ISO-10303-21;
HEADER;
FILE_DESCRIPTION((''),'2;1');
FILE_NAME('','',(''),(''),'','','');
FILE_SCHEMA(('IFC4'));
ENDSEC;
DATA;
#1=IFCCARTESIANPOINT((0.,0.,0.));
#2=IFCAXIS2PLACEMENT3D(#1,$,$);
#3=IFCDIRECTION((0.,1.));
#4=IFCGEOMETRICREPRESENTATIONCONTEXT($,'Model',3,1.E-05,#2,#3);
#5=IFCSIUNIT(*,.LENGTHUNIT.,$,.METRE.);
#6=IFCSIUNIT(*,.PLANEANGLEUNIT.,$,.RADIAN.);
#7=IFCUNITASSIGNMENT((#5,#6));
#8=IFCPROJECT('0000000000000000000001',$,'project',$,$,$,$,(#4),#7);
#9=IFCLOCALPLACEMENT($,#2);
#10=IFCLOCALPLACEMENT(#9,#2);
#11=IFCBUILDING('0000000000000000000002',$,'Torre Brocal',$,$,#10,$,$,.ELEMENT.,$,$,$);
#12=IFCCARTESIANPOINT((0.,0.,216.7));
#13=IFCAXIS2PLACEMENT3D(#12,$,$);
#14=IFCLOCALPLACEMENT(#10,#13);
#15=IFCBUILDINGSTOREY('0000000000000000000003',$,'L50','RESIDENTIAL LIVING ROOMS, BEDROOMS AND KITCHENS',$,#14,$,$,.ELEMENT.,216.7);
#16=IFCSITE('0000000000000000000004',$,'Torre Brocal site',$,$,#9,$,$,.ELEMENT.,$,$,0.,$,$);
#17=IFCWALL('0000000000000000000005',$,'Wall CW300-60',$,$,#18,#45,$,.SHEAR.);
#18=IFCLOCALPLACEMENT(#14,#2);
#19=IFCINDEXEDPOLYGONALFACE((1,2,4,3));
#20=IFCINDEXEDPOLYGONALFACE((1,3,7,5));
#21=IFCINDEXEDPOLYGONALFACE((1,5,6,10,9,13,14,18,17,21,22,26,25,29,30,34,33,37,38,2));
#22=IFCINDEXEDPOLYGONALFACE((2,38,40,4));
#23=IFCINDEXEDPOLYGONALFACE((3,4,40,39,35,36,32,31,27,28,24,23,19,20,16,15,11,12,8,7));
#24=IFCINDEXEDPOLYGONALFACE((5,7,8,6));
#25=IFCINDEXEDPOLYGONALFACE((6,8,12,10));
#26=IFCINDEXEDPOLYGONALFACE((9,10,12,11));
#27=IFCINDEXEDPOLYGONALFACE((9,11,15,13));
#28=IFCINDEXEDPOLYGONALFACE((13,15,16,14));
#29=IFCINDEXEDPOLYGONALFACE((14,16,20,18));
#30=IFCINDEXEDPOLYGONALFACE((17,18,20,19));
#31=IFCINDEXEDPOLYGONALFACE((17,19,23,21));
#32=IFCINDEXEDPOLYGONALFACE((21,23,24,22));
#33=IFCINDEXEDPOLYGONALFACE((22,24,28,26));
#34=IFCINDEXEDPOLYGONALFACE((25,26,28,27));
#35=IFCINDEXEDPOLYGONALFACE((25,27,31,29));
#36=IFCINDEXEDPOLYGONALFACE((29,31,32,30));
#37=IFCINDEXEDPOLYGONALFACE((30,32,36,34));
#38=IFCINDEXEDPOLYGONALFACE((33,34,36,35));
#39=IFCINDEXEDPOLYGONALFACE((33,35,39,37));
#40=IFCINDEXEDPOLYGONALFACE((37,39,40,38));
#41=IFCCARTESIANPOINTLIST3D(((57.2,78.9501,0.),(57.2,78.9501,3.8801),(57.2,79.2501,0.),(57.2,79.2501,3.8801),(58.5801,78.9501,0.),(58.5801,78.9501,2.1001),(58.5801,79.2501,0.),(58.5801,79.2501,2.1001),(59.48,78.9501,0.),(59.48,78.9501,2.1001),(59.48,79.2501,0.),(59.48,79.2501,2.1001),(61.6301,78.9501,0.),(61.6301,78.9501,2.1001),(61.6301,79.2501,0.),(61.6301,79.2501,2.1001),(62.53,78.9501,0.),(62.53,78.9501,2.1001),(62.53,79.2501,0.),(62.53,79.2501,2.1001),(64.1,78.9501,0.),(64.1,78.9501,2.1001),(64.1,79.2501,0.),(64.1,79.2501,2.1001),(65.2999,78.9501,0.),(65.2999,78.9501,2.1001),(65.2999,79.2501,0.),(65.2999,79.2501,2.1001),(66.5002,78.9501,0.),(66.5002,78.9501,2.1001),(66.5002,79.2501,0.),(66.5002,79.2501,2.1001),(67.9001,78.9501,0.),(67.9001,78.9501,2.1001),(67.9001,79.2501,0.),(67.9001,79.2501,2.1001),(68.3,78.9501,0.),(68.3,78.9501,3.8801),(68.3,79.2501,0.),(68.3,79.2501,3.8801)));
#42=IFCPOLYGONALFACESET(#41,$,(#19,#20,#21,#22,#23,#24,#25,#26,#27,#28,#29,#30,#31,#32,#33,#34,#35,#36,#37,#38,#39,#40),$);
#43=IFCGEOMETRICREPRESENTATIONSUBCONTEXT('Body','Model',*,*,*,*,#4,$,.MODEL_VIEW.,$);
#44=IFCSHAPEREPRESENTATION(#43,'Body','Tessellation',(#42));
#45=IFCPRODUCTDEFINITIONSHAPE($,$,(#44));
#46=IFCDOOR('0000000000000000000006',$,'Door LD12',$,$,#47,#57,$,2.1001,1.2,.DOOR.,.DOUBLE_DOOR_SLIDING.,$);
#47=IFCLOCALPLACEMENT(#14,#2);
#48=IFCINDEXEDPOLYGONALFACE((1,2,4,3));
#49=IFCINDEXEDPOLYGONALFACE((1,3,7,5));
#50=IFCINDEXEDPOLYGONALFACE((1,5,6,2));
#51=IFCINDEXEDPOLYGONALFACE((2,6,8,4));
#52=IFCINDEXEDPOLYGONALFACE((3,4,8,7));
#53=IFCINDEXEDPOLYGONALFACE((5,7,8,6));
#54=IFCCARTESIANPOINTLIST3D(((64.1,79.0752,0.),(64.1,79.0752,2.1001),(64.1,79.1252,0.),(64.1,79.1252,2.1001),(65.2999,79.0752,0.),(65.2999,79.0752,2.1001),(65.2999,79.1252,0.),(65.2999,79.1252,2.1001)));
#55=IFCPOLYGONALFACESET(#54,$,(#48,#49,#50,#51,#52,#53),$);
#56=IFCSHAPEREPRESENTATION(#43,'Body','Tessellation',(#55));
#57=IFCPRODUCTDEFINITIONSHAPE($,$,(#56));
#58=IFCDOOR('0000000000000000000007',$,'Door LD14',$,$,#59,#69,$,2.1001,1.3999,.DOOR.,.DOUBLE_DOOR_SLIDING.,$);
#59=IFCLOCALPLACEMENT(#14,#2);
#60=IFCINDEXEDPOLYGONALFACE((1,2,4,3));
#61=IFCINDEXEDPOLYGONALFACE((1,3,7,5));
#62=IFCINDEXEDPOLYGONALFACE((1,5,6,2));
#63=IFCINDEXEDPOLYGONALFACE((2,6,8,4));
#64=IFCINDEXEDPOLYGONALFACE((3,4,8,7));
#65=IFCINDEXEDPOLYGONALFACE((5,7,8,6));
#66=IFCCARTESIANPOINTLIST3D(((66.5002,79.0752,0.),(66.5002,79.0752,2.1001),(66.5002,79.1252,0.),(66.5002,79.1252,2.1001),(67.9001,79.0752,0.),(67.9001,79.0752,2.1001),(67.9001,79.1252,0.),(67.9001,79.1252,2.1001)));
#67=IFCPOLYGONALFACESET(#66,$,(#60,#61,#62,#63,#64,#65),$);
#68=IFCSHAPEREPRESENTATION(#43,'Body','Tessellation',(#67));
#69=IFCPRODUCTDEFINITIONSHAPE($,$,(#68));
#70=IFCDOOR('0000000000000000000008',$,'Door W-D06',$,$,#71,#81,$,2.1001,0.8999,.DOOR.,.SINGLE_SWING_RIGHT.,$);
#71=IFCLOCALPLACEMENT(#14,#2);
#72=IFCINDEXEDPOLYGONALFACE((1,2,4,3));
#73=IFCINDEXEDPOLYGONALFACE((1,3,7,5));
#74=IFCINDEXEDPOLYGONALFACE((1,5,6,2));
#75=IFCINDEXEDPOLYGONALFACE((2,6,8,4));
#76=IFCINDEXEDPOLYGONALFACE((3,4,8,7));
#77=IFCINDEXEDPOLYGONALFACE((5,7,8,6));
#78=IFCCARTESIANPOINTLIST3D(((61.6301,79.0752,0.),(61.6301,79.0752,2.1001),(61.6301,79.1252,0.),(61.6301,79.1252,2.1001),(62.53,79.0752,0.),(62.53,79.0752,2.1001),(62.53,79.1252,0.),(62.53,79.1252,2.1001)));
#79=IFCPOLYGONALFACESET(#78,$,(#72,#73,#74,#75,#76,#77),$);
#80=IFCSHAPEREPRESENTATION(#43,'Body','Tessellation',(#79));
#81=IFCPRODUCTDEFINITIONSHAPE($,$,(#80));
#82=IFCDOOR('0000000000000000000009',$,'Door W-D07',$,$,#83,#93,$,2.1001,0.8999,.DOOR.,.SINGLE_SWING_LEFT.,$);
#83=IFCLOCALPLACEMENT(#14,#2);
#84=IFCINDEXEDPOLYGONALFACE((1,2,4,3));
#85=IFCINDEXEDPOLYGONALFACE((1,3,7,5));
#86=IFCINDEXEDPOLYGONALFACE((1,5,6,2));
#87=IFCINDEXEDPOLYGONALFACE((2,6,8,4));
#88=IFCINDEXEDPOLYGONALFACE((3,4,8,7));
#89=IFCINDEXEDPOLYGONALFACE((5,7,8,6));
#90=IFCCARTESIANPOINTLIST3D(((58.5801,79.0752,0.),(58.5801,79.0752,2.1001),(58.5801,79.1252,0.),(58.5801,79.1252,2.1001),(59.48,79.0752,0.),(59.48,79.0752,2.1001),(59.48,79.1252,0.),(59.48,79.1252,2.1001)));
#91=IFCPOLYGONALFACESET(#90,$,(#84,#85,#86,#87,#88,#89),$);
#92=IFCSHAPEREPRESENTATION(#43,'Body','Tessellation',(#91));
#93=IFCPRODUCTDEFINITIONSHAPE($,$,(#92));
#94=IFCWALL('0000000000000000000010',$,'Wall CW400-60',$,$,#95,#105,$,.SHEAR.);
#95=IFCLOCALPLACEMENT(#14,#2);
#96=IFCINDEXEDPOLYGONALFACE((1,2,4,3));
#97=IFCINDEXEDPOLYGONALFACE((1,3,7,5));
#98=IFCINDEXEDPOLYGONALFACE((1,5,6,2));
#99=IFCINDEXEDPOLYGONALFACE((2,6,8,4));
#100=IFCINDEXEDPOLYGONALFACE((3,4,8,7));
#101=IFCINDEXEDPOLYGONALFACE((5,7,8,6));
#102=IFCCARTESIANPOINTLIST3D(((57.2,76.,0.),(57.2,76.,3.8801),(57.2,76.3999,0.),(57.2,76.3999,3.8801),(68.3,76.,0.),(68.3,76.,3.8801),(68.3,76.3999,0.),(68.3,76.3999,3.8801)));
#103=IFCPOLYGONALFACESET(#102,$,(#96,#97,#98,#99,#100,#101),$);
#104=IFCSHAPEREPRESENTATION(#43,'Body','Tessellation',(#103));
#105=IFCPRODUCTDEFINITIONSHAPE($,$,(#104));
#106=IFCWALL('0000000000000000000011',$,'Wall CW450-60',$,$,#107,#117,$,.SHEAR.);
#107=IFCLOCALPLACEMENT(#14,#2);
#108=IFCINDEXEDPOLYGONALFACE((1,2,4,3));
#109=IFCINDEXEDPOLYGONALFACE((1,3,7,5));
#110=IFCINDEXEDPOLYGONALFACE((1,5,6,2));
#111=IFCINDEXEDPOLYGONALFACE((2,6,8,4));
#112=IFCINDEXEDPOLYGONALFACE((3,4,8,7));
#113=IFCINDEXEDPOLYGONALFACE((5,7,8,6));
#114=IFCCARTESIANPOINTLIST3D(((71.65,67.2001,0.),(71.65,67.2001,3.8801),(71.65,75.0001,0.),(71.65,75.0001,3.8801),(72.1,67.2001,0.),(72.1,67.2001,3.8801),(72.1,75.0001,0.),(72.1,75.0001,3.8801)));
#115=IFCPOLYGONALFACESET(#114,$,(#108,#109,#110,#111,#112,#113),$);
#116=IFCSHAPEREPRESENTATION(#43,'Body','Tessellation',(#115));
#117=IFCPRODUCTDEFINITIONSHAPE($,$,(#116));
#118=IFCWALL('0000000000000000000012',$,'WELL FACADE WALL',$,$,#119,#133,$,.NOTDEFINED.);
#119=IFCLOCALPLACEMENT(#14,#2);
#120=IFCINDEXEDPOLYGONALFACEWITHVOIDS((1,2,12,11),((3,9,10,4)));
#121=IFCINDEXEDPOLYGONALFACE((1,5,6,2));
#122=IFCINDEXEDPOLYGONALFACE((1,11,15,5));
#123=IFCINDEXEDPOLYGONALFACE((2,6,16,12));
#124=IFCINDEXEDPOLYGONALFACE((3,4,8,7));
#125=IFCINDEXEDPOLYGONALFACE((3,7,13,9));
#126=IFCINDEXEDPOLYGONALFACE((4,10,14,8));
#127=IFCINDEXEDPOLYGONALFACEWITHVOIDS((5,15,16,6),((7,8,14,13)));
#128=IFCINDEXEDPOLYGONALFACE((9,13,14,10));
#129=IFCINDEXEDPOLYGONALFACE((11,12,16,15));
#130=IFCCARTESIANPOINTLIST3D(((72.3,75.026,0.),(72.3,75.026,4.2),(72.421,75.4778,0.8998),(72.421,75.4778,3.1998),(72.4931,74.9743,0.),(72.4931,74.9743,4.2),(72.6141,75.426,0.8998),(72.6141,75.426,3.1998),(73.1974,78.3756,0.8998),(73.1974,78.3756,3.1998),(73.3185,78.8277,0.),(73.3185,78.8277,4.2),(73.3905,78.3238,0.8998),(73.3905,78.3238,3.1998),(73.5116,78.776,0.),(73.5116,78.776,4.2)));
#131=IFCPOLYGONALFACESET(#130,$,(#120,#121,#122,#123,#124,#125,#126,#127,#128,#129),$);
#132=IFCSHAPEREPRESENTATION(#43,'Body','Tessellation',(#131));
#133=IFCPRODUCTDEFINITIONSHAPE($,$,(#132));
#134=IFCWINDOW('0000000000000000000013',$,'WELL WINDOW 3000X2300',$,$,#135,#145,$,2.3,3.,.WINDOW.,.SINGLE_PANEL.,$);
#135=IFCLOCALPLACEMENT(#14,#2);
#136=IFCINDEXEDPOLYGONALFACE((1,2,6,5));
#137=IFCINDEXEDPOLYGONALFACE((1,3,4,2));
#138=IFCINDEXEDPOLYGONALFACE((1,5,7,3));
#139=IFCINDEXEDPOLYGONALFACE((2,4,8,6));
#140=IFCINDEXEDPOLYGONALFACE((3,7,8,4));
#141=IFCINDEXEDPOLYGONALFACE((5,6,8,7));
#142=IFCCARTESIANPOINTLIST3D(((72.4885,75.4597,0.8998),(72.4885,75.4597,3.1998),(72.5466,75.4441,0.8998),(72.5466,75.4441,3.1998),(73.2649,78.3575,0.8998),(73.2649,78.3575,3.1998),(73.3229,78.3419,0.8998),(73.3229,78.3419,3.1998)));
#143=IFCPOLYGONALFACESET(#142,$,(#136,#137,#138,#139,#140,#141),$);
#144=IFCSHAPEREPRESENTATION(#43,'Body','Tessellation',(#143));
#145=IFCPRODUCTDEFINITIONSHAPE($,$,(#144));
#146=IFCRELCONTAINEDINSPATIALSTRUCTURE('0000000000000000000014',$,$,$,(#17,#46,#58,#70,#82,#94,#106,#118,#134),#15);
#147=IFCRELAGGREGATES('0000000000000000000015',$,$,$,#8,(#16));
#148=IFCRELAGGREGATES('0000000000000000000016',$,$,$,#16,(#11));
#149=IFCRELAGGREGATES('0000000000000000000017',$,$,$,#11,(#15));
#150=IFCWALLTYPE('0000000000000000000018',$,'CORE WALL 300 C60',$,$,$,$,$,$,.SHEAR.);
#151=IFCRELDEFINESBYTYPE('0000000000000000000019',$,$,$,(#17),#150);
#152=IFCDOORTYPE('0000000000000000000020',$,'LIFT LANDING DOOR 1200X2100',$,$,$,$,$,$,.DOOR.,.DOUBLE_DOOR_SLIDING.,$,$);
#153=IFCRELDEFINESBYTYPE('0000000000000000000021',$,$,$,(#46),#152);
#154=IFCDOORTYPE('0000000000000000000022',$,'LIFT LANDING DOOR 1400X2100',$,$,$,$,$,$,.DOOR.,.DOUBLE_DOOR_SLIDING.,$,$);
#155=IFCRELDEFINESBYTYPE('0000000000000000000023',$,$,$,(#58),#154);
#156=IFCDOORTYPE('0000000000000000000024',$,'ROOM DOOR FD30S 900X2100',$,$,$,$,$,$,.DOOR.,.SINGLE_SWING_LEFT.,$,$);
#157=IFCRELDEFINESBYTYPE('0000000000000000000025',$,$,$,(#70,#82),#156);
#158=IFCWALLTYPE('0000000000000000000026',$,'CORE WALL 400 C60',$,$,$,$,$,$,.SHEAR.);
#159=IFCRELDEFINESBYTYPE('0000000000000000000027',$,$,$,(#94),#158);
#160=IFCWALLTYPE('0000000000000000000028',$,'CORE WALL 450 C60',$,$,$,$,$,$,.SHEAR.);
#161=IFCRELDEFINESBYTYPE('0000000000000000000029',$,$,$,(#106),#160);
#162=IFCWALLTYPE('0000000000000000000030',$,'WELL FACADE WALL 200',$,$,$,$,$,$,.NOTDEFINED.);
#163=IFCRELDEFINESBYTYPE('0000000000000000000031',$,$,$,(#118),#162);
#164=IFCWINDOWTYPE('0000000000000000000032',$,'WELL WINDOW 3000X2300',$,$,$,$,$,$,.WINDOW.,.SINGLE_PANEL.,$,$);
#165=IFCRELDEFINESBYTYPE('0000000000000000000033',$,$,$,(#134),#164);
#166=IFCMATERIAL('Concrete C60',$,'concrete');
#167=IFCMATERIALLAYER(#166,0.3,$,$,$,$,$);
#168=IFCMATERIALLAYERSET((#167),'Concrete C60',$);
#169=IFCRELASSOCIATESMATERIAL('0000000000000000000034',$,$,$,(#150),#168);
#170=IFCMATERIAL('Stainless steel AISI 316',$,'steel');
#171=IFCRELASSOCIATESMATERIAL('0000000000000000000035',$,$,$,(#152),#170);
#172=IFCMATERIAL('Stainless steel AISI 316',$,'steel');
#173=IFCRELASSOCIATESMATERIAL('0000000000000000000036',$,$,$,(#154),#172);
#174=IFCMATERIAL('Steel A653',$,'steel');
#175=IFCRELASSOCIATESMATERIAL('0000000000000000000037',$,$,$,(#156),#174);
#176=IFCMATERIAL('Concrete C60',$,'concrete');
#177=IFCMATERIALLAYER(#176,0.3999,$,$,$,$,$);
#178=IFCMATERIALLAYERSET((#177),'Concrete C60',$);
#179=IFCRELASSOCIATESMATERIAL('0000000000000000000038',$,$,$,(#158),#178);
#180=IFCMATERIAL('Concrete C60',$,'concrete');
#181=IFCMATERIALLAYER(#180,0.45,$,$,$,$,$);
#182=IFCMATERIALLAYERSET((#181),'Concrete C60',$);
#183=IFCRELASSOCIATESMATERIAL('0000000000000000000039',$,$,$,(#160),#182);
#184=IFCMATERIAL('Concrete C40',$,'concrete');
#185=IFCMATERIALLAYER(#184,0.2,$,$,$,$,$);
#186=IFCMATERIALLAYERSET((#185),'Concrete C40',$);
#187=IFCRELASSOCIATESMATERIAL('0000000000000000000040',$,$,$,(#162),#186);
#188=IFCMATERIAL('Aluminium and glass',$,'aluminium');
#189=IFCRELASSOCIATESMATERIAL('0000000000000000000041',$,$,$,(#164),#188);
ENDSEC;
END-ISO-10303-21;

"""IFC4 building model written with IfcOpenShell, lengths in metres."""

from ifc_helpers import new_model, si_unit, direction, frame, frame_2d, origin, place, context, subcontext, project, spatial, rectangle, extrude, material, layer, layer_set, type_object, element, fill, save


model = new_model("IFC4")

# Units and contexts
model_context = context("Model", 3, precision=1e-05, world=origin(), true_north=direction((0.0, 1.0)))
body_context = subcontext(model_context, "Body", "Model", "MODEL_VIEW")
ifc_project = project(units=[si_unit("LENGTHUNIT", "METRE"), si_unit("PLANEANGLEUNIT", "RADIAN")], contexts=[model_context])

# Site, building, storey
site_placement = place(None, origin())
site = spatial("IfcSite", under=ifc_project, at=site_placement, Name="Torre Brocal site", CompositionType="ELEMENT", RefElevation=0.0)
building_placement = place(site_placement, origin())
building = spatial("IfcBuilding", under=site, at=building_placement, Name="Torre Brocal", CompositionType="ELEMENT")
storey_placement = place(building_placement, frame((0.0, 0.0, 216.7)))
storey = spatial("IfcBuildingStorey", under=building, at=storey_placement, Name="L50", Description="RESIDENTIAL LIVING ROOMS, BEDROOMS AND KITCHENS", CompositionType="ELEMENT", Elevation=216.7)

# Shared definitions
ifc_material_1 = material(Name="Concrete C60", Category="concrete")
ifc_layer_1 = layer(ifc_material_1, 0.3)
ifc_layer_set_1 = layer_set([ifc_layer_1], Name="Concrete C60")
wall_type_1 = type_object("IfcWallType", Name="CORE WALL 300 C60", PredefinedType="SHEAR", material=ifc_layer_set_1)

# Wall, openings, doors
wall_1_placement = place(storey_placement, frame((68.3, 79.1001, 0.0), z_axis=(0.0, 0.0, 1.0), x_axis=(-1.0, 0.0, 0.0)))
wall_1 = element("IfcWall", 1, at=wall_1_placement, inside=storey, type_object=wall_type_1, Name="Wall CW300-60", PredefinedType="SHEAR", context=body_context, shape_type="SweptSolid", body=[
    extrude(rectangle(XDim=11.1001, YDim=0.3, at=frame_2d((5.55, 0.0))), origin(), (0.0, 0.0, 1.0), 3.8801),
])
opening_1_placement = place(wall_1_placement, frame((0.3999, 0.0, 0.0)))
opening_1 = element("IfcOpeningElement", 2, at=opening_1_placement, cuts=wall_1, PredefinedType="OPENING", context=body_context, shape_type="SweptSolid", body=[
    extrude(rectangle(XDim=1.3999, YDim=2.1001, at=frame_2d((0.7, 1.05))), frame((0.0, 0.1599, 0.0), z_axis=(0.0, -1.0, 0.0), x_axis=(1.0, 0.0, 0.0)), (0.0, 0.0, 1.0), 0.3201),
])
opening_2_placement = place(wall_1_placement, frame((3.0, 0.0, 0.0)))
opening_2 = element("IfcOpeningElement", 3, at=opening_2_placement, cuts=wall_1, PredefinedType="OPENING", context=body_context, shape_type="SweptSolid", body=[
    extrude(rectangle(XDim=1.2, YDim=2.1001, at=frame_2d((0.6001, 1.05))), frame((0.0, 0.1599, 0.0), z_axis=(0.0, -1.0, 0.0), x_axis=(1.0, 0.0, 0.0)), (0.0, 0.0, 1.0), 0.3201),
])
opening_3_placement = place(wall_1_placement, frame((5.77, 0.0, 0.0)))
opening_3 = element("IfcOpeningElement", 4, at=opening_3_placement, cuts=wall_1, PredefinedType="OPENING", context=body_context, shape_type="SweptSolid", body=[
    extrude(rectangle(XDim=0.8999, YDim=2.1001, at=frame_2d((0.45, 1.05))), frame((0.0, 0.1599, 0.0), z_axis=(0.0, -1.0, 0.0), x_axis=(1.0, 0.0, 0.0)), (0.0, 0.0, 1.0), 0.3201),
])
opening_4_placement = place(wall_1_placement, frame((8.8201, 0.0, 0.0)))
opening_4 = element("IfcOpeningElement", 5, at=opening_4_placement, cuts=wall_1, PredefinedType="OPENING", context=body_context, shape_type="SweptSolid", body=[
    extrude(rectangle(XDim=0.8999, YDim=2.1001, at=frame_2d((0.45, 1.05))), frame((0.0, 0.1599, 0.0), z_axis=(0.0, -1.0, 0.0), x_axis=(1.0, 0.0, 0.0)), (0.0, 0.0, 1.0), 0.3201),
])
ifc_material_2 = material(Name="Stainless steel AISI 316", Category="steel")
door_type_1 = type_object("IfcDoorType", Name="LIFT LANDING DOOR 1200X2100", OperationType="DOUBLE_DOOR_SLIDING", PredefinedType="DOOR", material=ifc_material_2)
door_1_placement = place(opening_2_placement, origin())
door_1 = element("IfcDoor", 6, at=door_1_placement, inside=storey, type_object=door_type_1, Name="Door LD12", OperationType="DOUBLE_DOOR_SLIDING", OverallHeight=2.1001, OverallWidth=1.2, PredefinedType="DOOR", context=body_context, shape_type="SweptSolid", body=[
    extrude(rectangle(XDim=1.2, YDim=2.1001, at=frame_2d((0.6001, 1.05))), frame((0.0, 0.0249, 0.0), z_axis=(0.0, -1.0, 0.0), x_axis=(1.0, 0.0, 0.0)), (0.0, 0.0, 1.0), 0.05),
])
fill(opening_2, door_1)
ifc_material_3 = material(Name="Stainless steel AISI 316", Category="steel")
door_type_2 = type_object("IfcDoorType", Name="LIFT LANDING DOOR 1400X2100", OperationType="DOUBLE_DOOR_SLIDING", PredefinedType="DOOR", material=ifc_material_3)
door_2_placement = place(opening_1_placement, origin())
door_2 = element("IfcDoor", 7, at=door_2_placement, inside=storey, type_object=door_type_2, Name="Door LD14", OperationType="DOUBLE_DOOR_SLIDING", OverallHeight=2.1001, OverallWidth=1.3999, PredefinedType="DOOR", context=body_context, shape_type="SweptSolid", body=[
    extrude(rectangle(XDim=1.3999, YDim=2.1001, at=frame_2d((0.7, 1.05))), frame((0.0, 0.0249, 0.0), z_axis=(0.0, -1.0, 0.0), x_axis=(1.0, 0.0, 0.0)), (0.0, 0.0, 1.0), 0.05),
])
fill(opening_1, door_2)
ifc_material_4 = material(Name="Steel A653", Category="steel")
door_type_3 = type_object("IfcDoorType", Name="ROOM DOOR FD30S 900X2100", OperationType="SINGLE_SWING_LEFT", PredefinedType="DOOR", material=ifc_material_4)
door_3_placement = place(opening_3_placement, origin())
door_3 = element("IfcDoor", 8, at=door_3_placement, inside=storey, type_object=door_type_3, Name="Door W-D06", OperationType="SINGLE_SWING_RIGHT", OverallHeight=2.1001, OverallWidth=0.8999, PredefinedType="DOOR", context=body_context, shape_type="SweptSolid", body=[
    extrude(rectangle(XDim=0.8999, YDim=2.1001, at=frame_2d((0.45, 1.05))), frame((0.0, 0.0249, 0.0), z_axis=(0.0, -1.0, 0.0), x_axis=(1.0, 0.0, 0.0)), (0.0, 0.0, 1.0), 0.05),
])
fill(opening_3, door_3)
door_4_placement = place(opening_4_placement, origin())
door_4 = element("IfcDoor", 9, at=door_4_placement, inside=storey, type_object=door_type_3, Name="Door W-D07", OperationType="SINGLE_SWING_LEFT", OverallHeight=2.1001, OverallWidth=0.8999, PredefinedType="DOOR", context=body_context, shape_type="SweptSolid", body=[
    extrude(rectangle(XDim=0.8999, YDim=2.1001, at=frame_2d((0.45, 1.05))), frame((0.0, 0.0249, 0.0), z_axis=(0.0, -1.0, 0.0), x_axis=(1.0, 0.0, 0.0)), (0.0, 0.0, 1.0), 0.05),
])
fill(opening_4, door_4)

# Walls
ifc_material_5 = material(Name="Concrete C60", Category="concrete")
ifc_layer_2 = layer(ifc_material_5, 0.3999)
ifc_layer_set_2 = layer_set([ifc_layer_2], Name="Concrete C60")
wall_type_2 = type_object("IfcWallType", Name="CORE WALL 400 C60", PredefinedType="SHEAR", material=ifc_layer_set_2)
wall_2_placement = place(storey_placement, frame((68.3, 76.2, 0.0), z_axis=(0.0, 0.0, 1.0), x_axis=(-1.0, 0.0, 0.0)))
element("IfcWall", 10, at=wall_2_placement, inside=storey, type_object=wall_type_2, Name="Wall CW400-60", PredefinedType="SHEAR", context=body_context, shape_type="SweptSolid", body=[
    extrude(rectangle(XDim=11.1001, YDim=0.3999, at=frame_2d((5.55, 0.0))), origin(), (0.0, 0.0, 1.0), 3.8801),
])
ifc_material_6 = material(Name="Concrete C60", Category="concrete")
ifc_layer_3 = layer(ifc_material_6, 0.45)
ifc_layer_set_3 = layer_set([ifc_layer_3], Name="Concrete C60")
wall_type_3 = type_object("IfcWallType", Name="CORE WALL 450 C60", PredefinedType="SHEAR", material=ifc_layer_set_3)
wall_3_placement = place(storey_placement, frame((71.875, 75.0, 0.0), z_axis=(0.0, 0.0, 1.0), x_axis=(0.0, -1.0, 0.0)))
element("IfcWall", 11, at=wall_3_placement, inside=storey, type_object=wall_type_3, Name="Wall CW450-60", PredefinedType="SHEAR", context=body_context, shape_type="SweptSolid", body=[
    extrude(rectangle(XDim=7.8, YDim=0.45, at=frame_2d((3.8999, 0.0))), origin(), (0.0, 0.0, 1.0), 3.8801),
])

# Wall, opening, window
ifc_material_7 = material(Name="Concrete C40", Category="concrete")
ifc_layer_4 = layer(ifc_material_7, 0.2)
ifc_layer_set_4 = layer_set([ifc_layer_4], Name="Concrete C40")
wall_type_4 = type_object("IfcWallType", Name="WELL FACADE WALL 200", PredefinedType="NOTDEFINED", material=ifc_layer_set_4)
wall_4_placement = place(storey_placement, frame((73.415, 78.8018, 0.0), z_axis=(0.0, 0.0, 1.0), x_axis=(-0.25879, -0.965934, 0.0)))
wall_4 = element("IfcWall", 12, at=wall_4_placement, inside=storey, type_object=wall_type_4, Name="WELL FACADE WALL", PredefinedType="NOTDEFINED", context=body_context, shape_type="SweptSolid", body=[
    extrude(rectangle(XDim=3.9358, YDim=0.2, at=frame_2d((1.9678, 0.0))), origin(), (0.0, 0.0, 1.0), 4.2),
])
opening_5_placement = place(wall_4_placement, frame((0.468, 0.0, 0.8999)))
opening_5 = element("IfcOpeningElement", 13, at=opening_5_placement, cuts=wall_4, PredefinedType="OPENING", context=body_context, shape_type="SweptSolid", body=[
    extrude(rectangle(XDim=3.0, YDim=2.3, at=frame_2d((1.5, 1.1499))), frame((0.0, 0.1099, 0.0), z_axis=(0.0, -1.0, 0.0), x_axis=(1.0, 0.0, 0.0)), (0.0, 0.0, 1.0), 0.22),
])
ifc_material_8 = material(Name="Aluminium and glass", Category="aluminium")
window_type = type_object("IfcWindowType", Name="WELL WINDOW 3000X2300", PartitioningType="SINGLE_PANEL", PredefinedType="WINDOW", material=ifc_material_8)
window_1_placement = place(opening_5_placement, origin())
window_1 = element("IfcWindow", 14, at=window_1_placement, inside=storey, type_object=window_type, Name="WELL WINDOW 3000X2300", OverallHeight=2.3, OverallWidth=3.0, PartitioningType="SINGLE_PANEL", PredefinedType="WINDOW", context=body_context, shape_type="SweptSolid", body=[
    extrude(rectangle(XDim=3.0, YDim=2.3, at=frame_2d((1.5, 1.1499))), frame((0.0, 0.03, 0.0), z_axis=(0.0, -1.0, 0.0), x_axis=(1.0, 0.0, 0.0)), (0.0, 0.0, 1.0), 0.0601),
])
fill(opening_5, window_1)

save(model, "model.ifc")
